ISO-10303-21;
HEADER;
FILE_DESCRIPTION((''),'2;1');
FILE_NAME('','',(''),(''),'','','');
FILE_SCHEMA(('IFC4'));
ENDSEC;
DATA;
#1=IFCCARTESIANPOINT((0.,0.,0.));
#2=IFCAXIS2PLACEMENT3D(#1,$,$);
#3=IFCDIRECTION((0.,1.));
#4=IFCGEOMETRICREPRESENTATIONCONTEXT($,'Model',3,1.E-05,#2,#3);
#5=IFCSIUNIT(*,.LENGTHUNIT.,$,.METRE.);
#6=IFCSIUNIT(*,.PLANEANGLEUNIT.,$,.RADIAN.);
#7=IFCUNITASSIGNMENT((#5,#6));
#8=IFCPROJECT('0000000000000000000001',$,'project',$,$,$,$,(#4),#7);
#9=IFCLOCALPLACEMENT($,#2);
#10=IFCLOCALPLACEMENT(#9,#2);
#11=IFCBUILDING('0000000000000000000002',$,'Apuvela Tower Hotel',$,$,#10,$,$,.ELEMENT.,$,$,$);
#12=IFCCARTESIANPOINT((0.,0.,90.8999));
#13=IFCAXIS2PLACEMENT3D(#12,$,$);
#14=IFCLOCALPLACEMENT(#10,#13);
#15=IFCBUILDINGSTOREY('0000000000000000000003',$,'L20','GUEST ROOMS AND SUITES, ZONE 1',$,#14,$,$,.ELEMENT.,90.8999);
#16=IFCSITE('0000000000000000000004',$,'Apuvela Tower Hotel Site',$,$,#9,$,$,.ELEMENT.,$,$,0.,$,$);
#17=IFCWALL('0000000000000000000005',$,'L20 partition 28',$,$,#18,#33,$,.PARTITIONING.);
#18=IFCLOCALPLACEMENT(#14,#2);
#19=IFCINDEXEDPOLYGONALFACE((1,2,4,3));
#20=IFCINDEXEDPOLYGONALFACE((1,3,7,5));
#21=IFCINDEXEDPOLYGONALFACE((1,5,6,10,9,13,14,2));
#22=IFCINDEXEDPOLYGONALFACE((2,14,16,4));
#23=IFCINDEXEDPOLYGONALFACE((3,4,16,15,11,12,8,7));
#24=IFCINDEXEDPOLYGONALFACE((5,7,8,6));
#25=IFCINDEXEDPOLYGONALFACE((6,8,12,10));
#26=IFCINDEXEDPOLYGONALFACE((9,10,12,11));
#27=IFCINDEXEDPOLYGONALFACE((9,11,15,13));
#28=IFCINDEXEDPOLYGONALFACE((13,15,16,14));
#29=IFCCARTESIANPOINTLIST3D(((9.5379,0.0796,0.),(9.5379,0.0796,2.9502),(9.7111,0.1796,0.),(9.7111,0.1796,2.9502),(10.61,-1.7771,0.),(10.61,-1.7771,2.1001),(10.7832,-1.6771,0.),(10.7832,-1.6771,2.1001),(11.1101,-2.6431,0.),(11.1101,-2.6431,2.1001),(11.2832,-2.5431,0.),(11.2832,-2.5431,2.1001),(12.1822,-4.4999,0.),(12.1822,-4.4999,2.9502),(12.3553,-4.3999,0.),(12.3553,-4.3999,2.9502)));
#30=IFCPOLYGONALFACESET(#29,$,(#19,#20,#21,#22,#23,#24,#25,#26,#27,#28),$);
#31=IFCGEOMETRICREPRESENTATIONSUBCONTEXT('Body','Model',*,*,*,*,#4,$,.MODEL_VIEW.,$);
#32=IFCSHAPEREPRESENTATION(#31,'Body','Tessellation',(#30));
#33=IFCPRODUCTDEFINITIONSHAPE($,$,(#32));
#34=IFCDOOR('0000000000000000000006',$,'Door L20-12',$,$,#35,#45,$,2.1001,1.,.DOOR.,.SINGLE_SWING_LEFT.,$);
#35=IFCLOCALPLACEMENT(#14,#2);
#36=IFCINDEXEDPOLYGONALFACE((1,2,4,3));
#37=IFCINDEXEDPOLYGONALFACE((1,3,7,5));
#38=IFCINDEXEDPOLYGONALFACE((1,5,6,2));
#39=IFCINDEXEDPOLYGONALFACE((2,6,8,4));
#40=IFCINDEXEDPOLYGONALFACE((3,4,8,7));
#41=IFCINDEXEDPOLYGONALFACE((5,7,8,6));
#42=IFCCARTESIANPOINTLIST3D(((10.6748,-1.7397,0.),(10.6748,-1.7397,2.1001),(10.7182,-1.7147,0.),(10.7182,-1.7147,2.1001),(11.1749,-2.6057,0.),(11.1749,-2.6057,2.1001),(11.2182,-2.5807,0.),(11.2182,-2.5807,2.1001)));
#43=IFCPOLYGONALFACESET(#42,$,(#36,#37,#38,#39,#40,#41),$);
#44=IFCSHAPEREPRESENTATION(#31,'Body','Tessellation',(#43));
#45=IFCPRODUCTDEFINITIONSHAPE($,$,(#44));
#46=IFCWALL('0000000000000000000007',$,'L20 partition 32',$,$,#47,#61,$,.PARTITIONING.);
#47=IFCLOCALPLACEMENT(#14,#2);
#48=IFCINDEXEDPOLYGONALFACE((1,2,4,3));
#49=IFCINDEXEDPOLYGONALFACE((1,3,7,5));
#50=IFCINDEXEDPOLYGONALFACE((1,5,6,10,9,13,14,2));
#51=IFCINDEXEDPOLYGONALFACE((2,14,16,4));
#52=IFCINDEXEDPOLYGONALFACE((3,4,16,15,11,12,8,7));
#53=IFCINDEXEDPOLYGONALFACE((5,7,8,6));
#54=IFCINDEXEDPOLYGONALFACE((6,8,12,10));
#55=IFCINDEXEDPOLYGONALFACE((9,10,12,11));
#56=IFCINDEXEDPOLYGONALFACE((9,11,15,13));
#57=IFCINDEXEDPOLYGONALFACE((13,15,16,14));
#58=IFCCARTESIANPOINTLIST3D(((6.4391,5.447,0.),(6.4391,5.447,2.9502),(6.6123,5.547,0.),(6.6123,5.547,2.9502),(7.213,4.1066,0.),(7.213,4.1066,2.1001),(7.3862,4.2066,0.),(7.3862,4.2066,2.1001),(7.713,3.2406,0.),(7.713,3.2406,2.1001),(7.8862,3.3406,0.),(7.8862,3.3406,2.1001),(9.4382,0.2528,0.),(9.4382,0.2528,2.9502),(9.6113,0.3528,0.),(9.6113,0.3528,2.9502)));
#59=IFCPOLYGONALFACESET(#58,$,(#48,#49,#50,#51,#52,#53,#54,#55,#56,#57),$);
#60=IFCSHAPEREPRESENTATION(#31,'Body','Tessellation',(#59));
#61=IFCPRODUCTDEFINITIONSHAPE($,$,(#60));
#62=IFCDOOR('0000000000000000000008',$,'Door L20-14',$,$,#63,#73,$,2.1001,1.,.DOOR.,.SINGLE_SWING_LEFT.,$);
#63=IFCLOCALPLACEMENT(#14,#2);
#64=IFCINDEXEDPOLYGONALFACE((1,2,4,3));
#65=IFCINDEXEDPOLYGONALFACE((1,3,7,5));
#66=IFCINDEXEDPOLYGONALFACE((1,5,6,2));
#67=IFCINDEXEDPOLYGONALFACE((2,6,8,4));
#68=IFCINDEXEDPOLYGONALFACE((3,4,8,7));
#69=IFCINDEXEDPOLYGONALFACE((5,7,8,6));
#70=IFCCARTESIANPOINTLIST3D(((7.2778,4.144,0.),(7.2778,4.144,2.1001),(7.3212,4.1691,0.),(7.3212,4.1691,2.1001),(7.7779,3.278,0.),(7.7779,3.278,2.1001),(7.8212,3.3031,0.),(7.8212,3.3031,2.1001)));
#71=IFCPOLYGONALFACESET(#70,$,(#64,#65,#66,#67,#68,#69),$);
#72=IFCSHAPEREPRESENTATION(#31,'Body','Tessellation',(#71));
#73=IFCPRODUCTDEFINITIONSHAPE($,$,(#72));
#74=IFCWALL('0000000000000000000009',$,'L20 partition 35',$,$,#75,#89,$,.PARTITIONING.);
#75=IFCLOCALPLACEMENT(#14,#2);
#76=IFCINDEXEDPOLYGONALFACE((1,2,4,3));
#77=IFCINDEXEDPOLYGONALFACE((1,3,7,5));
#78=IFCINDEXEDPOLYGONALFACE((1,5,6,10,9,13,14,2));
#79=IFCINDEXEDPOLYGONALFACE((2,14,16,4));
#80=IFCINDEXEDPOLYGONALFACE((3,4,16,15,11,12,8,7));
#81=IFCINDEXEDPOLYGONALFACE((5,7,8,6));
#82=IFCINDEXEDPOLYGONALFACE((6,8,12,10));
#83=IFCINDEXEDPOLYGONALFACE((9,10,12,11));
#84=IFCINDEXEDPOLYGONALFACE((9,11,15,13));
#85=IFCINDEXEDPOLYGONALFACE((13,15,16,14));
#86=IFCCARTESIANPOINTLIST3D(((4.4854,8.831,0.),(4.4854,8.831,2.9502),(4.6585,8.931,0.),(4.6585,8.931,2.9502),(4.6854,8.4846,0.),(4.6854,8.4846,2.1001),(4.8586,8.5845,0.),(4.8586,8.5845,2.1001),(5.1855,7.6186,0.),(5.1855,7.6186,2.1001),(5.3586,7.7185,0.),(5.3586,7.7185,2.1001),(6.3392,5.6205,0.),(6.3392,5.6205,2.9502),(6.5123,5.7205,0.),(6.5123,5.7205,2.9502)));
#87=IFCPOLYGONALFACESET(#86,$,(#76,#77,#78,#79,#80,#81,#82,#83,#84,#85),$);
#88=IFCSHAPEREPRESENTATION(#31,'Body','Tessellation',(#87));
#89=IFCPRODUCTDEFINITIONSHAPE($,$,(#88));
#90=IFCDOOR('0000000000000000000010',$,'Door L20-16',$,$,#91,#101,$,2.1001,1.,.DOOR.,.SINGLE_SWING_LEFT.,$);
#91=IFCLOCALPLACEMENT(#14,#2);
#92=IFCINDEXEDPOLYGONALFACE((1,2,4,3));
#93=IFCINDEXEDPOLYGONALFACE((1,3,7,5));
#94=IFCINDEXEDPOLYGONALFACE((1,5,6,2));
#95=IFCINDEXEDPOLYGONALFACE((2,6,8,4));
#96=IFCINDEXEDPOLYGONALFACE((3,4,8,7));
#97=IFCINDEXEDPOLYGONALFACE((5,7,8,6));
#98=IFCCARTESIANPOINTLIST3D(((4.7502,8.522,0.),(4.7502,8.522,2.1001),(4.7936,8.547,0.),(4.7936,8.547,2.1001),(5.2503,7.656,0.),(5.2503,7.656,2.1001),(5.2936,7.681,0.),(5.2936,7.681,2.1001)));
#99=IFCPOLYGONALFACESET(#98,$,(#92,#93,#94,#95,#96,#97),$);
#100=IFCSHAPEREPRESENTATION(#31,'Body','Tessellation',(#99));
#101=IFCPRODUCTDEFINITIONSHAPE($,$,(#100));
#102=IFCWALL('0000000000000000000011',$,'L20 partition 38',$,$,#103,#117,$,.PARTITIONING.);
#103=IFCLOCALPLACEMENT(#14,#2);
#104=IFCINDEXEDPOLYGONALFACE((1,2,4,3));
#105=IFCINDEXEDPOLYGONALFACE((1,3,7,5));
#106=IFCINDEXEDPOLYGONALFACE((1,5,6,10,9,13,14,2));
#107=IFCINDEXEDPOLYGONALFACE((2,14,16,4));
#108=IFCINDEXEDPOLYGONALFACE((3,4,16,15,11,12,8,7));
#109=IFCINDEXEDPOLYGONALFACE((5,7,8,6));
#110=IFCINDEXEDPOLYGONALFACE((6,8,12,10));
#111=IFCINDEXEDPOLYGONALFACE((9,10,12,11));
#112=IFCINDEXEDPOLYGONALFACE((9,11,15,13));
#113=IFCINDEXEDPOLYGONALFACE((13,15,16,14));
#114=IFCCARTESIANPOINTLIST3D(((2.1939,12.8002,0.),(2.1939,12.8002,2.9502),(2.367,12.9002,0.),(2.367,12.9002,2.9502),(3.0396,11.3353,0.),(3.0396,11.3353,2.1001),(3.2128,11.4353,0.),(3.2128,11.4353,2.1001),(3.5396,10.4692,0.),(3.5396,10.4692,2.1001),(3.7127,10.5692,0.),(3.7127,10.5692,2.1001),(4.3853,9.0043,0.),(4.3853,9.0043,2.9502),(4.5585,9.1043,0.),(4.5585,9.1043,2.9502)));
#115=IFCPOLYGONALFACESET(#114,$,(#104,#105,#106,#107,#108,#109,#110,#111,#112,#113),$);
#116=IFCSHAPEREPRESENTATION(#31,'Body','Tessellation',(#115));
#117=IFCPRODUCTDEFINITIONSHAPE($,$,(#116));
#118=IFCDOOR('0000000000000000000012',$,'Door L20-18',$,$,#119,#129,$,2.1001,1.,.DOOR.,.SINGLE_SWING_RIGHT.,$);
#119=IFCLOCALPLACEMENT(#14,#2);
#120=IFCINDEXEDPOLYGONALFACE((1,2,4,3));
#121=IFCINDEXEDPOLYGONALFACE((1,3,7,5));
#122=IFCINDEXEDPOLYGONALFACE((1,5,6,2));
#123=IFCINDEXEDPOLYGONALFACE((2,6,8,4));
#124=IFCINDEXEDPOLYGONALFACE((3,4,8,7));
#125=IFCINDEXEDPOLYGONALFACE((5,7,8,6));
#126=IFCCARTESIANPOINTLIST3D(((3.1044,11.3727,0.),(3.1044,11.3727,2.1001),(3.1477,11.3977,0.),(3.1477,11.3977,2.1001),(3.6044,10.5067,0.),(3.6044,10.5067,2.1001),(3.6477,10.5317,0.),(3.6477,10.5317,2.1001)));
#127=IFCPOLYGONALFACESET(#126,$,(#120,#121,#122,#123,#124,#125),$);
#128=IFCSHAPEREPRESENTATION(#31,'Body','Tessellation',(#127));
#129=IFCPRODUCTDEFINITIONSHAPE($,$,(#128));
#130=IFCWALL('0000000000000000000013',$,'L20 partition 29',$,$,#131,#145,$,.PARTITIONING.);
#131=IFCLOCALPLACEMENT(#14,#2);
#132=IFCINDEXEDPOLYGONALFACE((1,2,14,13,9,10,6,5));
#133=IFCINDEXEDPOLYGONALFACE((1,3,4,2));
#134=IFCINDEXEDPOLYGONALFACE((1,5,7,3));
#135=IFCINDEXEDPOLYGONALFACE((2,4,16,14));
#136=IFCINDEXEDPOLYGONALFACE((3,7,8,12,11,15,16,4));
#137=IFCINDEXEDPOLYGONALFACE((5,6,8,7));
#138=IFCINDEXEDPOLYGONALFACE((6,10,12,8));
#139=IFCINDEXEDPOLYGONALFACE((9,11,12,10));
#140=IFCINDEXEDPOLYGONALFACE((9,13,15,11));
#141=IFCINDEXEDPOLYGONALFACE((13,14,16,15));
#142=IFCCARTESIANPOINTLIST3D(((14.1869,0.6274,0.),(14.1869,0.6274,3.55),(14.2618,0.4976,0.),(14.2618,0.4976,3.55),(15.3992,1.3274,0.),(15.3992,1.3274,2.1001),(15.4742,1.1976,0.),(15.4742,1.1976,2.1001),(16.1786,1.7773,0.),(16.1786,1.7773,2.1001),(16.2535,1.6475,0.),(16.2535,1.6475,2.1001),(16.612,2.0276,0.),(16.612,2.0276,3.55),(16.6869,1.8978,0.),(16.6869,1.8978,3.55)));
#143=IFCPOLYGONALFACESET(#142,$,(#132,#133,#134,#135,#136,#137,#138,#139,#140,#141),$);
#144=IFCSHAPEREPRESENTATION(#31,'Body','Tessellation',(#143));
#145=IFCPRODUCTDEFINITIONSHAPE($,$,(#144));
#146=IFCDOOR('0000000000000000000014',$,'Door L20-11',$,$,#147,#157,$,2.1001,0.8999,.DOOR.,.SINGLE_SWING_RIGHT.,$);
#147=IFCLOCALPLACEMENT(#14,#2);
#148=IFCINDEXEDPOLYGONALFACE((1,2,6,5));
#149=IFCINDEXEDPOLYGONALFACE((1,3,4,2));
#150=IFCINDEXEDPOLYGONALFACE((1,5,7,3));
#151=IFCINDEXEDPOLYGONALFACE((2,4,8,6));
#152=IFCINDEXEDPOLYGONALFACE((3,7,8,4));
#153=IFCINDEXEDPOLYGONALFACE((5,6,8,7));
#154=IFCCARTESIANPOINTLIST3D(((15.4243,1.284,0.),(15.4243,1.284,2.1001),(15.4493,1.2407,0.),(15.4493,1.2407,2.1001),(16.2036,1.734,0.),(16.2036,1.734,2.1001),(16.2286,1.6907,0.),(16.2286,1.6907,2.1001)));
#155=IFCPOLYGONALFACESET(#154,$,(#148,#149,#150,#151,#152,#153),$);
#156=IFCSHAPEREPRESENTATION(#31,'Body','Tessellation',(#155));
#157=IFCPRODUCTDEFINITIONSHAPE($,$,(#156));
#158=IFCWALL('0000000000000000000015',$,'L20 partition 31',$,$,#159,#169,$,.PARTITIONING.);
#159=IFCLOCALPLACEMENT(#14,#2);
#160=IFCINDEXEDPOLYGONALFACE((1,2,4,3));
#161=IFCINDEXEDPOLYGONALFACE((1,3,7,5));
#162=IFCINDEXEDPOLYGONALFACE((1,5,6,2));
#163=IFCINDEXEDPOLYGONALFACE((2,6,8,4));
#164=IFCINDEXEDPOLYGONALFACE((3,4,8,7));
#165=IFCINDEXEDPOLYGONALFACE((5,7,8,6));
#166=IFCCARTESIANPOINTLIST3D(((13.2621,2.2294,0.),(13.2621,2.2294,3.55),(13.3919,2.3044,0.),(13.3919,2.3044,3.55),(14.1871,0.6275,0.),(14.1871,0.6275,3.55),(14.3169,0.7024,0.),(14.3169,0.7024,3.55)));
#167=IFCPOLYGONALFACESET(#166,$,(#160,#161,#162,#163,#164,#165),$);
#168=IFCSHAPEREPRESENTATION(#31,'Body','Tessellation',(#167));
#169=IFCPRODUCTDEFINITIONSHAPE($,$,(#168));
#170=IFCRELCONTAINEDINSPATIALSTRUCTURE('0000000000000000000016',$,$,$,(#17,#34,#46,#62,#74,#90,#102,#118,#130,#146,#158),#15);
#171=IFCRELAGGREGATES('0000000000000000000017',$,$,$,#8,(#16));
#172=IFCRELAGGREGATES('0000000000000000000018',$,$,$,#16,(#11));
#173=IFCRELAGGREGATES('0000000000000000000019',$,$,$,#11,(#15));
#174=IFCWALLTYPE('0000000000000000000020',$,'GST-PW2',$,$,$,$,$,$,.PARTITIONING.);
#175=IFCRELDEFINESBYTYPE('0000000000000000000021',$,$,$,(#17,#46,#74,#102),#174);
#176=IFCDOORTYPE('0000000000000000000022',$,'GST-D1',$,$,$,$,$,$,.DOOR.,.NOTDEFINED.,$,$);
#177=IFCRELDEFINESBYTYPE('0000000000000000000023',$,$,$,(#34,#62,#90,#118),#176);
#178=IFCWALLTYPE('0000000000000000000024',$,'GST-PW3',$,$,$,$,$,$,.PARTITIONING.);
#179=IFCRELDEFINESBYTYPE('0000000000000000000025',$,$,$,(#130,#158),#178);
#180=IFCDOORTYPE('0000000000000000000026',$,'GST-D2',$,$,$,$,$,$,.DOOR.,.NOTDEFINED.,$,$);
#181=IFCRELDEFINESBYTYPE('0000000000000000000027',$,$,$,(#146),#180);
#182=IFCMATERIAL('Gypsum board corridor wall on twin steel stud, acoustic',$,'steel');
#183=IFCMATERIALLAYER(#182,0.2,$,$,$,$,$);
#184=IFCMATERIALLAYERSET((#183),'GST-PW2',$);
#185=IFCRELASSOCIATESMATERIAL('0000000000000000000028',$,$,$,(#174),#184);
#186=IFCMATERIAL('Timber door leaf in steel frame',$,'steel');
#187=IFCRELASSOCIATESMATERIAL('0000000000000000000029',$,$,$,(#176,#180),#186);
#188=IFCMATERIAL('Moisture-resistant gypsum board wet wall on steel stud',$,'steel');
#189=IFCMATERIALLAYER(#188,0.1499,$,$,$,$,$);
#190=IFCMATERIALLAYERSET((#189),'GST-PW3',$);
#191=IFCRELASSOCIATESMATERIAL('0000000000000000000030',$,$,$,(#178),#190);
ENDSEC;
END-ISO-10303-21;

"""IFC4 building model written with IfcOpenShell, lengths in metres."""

from ifc_helpers import new_model, si_unit, direction, frame, frame_2d, origin, place, context, subcontext, project, spatial, rectangle, extrude, material, layer, layer_set, type_object, element, fill, save


model = new_model("IFC4")

# Units and contexts
model_context = context("Model", 3, precision=1e-05, world=origin(), true_north=direction((0.0, 1.0)))
body_context = subcontext(model_context, "Body", "Model", "MODEL_VIEW")
ifc_project = project(units=[si_unit("LENGTHUNIT", "METRE"), si_unit("PLANEANGLEUNIT", "RADIAN")], contexts=[model_context])

# Site, building, storey
site_placement = place(None, origin())
site = spatial("IfcSite", under=ifc_project, at=site_placement, Name="Apuvela Tower Hotel Site", CompositionType="ELEMENT", RefElevation=0.0)
building_placement = place(site_placement, origin())
building = spatial("IfcBuilding", under=site, at=building_placement, Name="Apuvela Tower Hotel", CompositionType="ELEMENT")
storey_placement = place(building_placement, frame((0.0, 0.0, 90.8999)))
storey = spatial("IfcBuildingStorey", under=building, at=storey_placement, Name="L20", Description="GUEST ROOMS AND SUITES, ZONE 1", CompositionType="ELEMENT", Elevation=90.8999)

# Walls, openings, doors
ifc_material_1 = material(Name="Gypsum board corridor wall on twin steel stud, acoustic", Category="steel")
ifc_layer_1 = layer(ifc_material_1, 0.2)
ifc_layer_set_1 = layer_set([ifc_layer_1], Name="GST-PW2")
wall_type_1 = type_object("IfcWallType", Name="GST-PW2", PredefinedType="PARTITIONING", material=ifc_layer_set_1)
wall_1_placement = place(storey_placement, frame((9.6245, 0.1296, 0.0), z_axis=(0.0, 0.0, 1.0), x_axis=(0.500037, -0.866004, 0.0)))
wall_1 = element("IfcWall", 1, at=wall_1_placement, inside=storey, type_object=wall_type_1, Name="L20 partition 28", PredefinedType="PARTITIONING", context=body_context, shape_type="SweptSolid", body=[
    extrude(rectangle(XDim=5.2881, YDim=0.2, at=frame_2d((2.644, 0.0))), origin(), (0.0, 0.0, 1.0), 2.9502),
])
opening_1_placement = place(wall_1_placement, frame((2.144, 0.0, 0.0)))
opening_1 = element("IfcOpeningElement", 2, at=opening_1_placement, cuts=wall_1, PredefinedType="OPENING", context=body_context, shape_type="SweptSolid", body=[
    extrude(rectangle(XDim=1.0, YDim=2.1001, at=frame_2d((0.5, 1.05))), frame((0.0, 0.1099, 0.0), z_axis=(0.0, -1.0, 0.0), x_axis=(1.0, 0.0, 0.0)), (0.0, 0.0, 1.0), 0.22),
])
ifc_material_2 = material(Name="Timber door leaf in steel frame", Category="steel")
door_type_1 = type_object("IfcDoorType", Name="GST-D1", OperationType="NOTDEFINED", PredefinedType="DOOR", material=ifc_material_2)
door_1_placement = place(opening_1_placement, origin())
door_1 = element("IfcDoor", 3, at=door_1_placement, inside=storey, type_object=door_type_1, Name="Door L20-12", OperationType="SINGLE_SWING_LEFT", OverallHeight=2.1001, OverallWidth=1.0, PredefinedType="DOOR", context=body_context, shape_type="SweptSolid", body=[
    extrude(rectangle(XDim=1.0, YDim=2.1001, at=frame_2d((0.5, 1.05))), frame((0.0, 0.0249, 0.0), z_axis=(0.0, -1.0, 0.0), x_axis=(1.0, 0.0, 0.0)), (0.0, 0.0, 1.0), 0.05),
])
fill(opening_1, door_1)
wall_2_placement = place(storey_placement, frame((6.5256, 5.4971, 0.0), z_axis=(0.0, 0.0, 1.0), x_axis=(0.500027, -0.86601, 0.0)))
wall_2 = element("IfcWall", 4, at=wall_2_placement, inside=storey, type_object=wall_type_1, Name="L20 partition 32", PredefinedType="PARTITIONING", context=body_context, shape_type="SweptSolid", body=[
    extrude(rectangle(XDim=5.9978, YDim=0.2, at=frame_2d((2.999, 0.0))), origin(), (0.0, 0.0, 1.0), 2.9502),
])
opening_2_placement = place(wall_2_placement, frame((1.5479, 0.0, 0.0)))
opening_2 = element("IfcOpeningElement", 5, at=opening_2_placement, cuts=wall_2, PredefinedType="OPENING", context=body_context, shape_type="SweptSolid", body=[
    extrude(rectangle(XDim=1.0, YDim=2.1001, at=frame_2d((0.5, 1.05))), frame((0.0, 0.1099, 0.0), z_axis=(0.0, -1.0, 0.0), x_axis=(1.0, 0.0, 0.0)), (0.0, 0.0, 1.0), 0.22),
])
door_2_placement = place(opening_2_placement, origin())
door_2 = element("IfcDoor", 6, at=door_2_placement, inside=storey, type_object=door_type_1, Name="Door L20-14", OperationType="SINGLE_SWING_LEFT", OverallHeight=2.1001, OverallWidth=1.0, PredefinedType="DOOR", context=body_context, shape_type="SweptSolid", body=[
    extrude(rectangle(XDim=1.0, YDim=2.1001, at=frame_2d((0.5, 1.05))), frame((0.0, 0.0249, 0.0), z_axis=(0.0, -1.0, 0.0), x_axis=(1.0, 0.0, 0.0)), (0.0, 0.0, 1.0), 0.05),
])
fill(opening_2, door_2)
wall_3_placement = place(storey_placement, frame((4.572, 8.8809, 0.0), z_axis=(0.0, 0.0, 1.0), x_axis=(0.500042, -0.866001, 0.0)))
wall_3 = element("IfcWall", 7, at=wall_3_placement, inside=storey, type_object=wall_type_1, Name="L20 partition 35", PredefinedType="PARTITIONING", context=body_context, shape_type="SweptSolid", body=[
    extrude(rectangle(XDim=3.7073, YDim=0.2, at=frame_2d((1.8535, 0.0))), origin(), (0.0, 0.0, 1.0), 2.9502),
])
opening_3_placement = place(wall_3_placement, frame((0.3999, 0.0, 0.0)))
opening_3 = element("IfcOpeningElement", 8, at=opening_3_placement, cuts=wall_3, PredefinedType="OPENING", context=body_context, shape_type="SweptSolid", body=[
    extrude(rectangle(XDim=1.0, YDim=2.1001, at=frame_2d((0.5, 1.05))), frame((0.0, 0.1099, 0.0), z_axis=(0.0, -1.0, 0.0), x_axis=(1.0, 0.0, 0.0)), (0.0, 0.0, 1.0), 0.22),
])
door_3_placement = place(opening_3_placement, origin())
door_3 = element("IfcDoor", 9, at=door_3_placement, inside=storey, type_object=door_type_1, Name="Door L20-16", OperationType="SINGLE_SWING_LEFT", OverallHeight=2.1001, OverallWidth=1.0, PredefinedType="DOOR", context=body_context, shape_type="SweptSolid", body=[
    extrude(rectangle(XDim=1.0, YDim=2.1001, at=frame_2d((0.5, 1.05))), frame((0.0, 0.0249, 0.0), z_axis=(0.0, -1.0, 0.0), x_axis=(1.0, 0.0, 0.0)), (0.0, 0.0, 1.0), 0.05),
])
fill(opening_3, door_3)
wall_4_placement = place(storey_placement, frame((2.2805, 12.8501, 0.0), z_axis=(0.0, 0.0, 1.0), x_axis=(0.499973, -0.866041, 0.0)))
wall_4 = element("IfcWall", 10, at=wall_4_placement, inside=storey, type_object=wall_type_1, Name="L20 partition 38", PredefinedType="PARTITIONING", context=body_context, shape_type="SweptSolid", body=[
    extrude(rectangle(XDim=4.3831, YDim=0.2, at=frame_2d((2.1914, 0.0))), origin(), (0.0, 0.0, 1.0), 2.9502),
])
opening_4_placement = place(wall_4_placement, frame((1.6914, 0.0, 0.0)))
opening_4 = element("IfcOpeningElement", 11, at=opening_4_placement, cuts=wall_4, PredefinedType="OPENING", context=body_context, shape_type="SweptSolid", body=[
    extrude(rectangle(XDim=1.0, YDim=2.1001, at=frame_2d((0.5, 1.05))), frame((0.0, 0.1099, 0.0), z_axis=(0.0, -1.0, 0.0), x_axis=(1.0, 0.0, 0.0)), (0.0, 0.0, 1.0), 0.22),
])
door_4_placement = place(opening_4_placement, origin())
door_4 = element("IfcDoor", 12, at=door_4_placement, inside=storey, type_object=door_type_1, Name="Door L20-18", OperationType="SINGLE_SWING_RIGHT", OverallHeight=2.1001, OverallWidth=1.0, PredefinedType="DOOR", context=body_context, shape_type="SweptSolid", body=[
    extrude(rectangle(XDim=1.0, YDim=2.1001, at=frame_2d((0.5, 1.05))), frame((0.0, 0.0249, 0.0), z_axis=(0.0, -1.0, 0.0), x_axis=(1.0, 0.0, 0.0)), (0.0, 0.0, 1.0), 0.05),
])
fill(opening_4, door_4)
ifc_material_3 = material(Name="Moisture-resistant gypsum board wet wall on steel stud", Category="steel")
ifc_layer_2 = layer(ifc_material_3, 0.1499)
ifc_layer_set_2 = layer_set([ifc_layer_2], Name="GST-PW3")
wall_type_2 = type_object("IfcWallType", Name="GST-PW3", PredefinedType="PARTITIONING", material=ifc_layer_set_2)
wall_5_placement = place(storey_placement, frame((14.2244, 0.5625, 0.0), z_axis=(0.0, 0.0, 1.0), x_axis=(0.866019, 0.500012, 0.0)))
wall_5 = element("IfcWall", 13, at=wall_5_placement, inside=storey, type_object=wall_type_2, Name="L20 partition 29", PredefinedType="PARTITIONING", context=body_context, shape_type="SweptSolid", body=[
    extrude(rectangle(XDim=2.8003, YDim=0.1499, at=frame_2d((1.4001, 0.0))), origin(), (0.0, 0.0, 1.0), 3.55),
])
opening_5_placement = place(wall_5_placement, frame((1.3999, 0.0, 0.0)))
opening_5 = element("IfcOpeningElement", 14, at=opening_5_placement, cuts=wall_5, PredefinedType="OPENING", context=body_context, shape_type="SweptSolid", body=[
    extrude(rectangle(XDim=0.8999, YDim=2.1001, at=frame_2d((0.45, 1.05))), frame((0.0, 0.085, 0.0), z_axis=(0.0, -1.0, 0.0), x_axis=(1.0, 0.0, 0.0)), (0.0, 0.0, 1.0), 0.1699),
])
door_type_2 = type_object("IfcDoorType", Name="GST-D2", OperationType="NOTDEFINED", PredefinedType="DOOR", material=ifc_material_2)
door_5_placement = place(opening_5_placement, origin())
door_5 = element("IfcDoor", 15, at=door_5_placement, inside=storey, type_object=door_type_2, Name="Door L20-11", OperationType="SINGLE_SWING_RIGHT", OverallHeight=2.1001, OverallWidth=0.8999, PredefinedType="DOOR", context=body_context, shape_type="SweptSolid", body=[
    extrude(rectangle(XDim=0.8999, YDim=2.1001, at=frame_2d((0.45, 1.05))), frame((0.0, 0.0249, 0.0), z_axis=(0.0, -1.0, 0.0), x_axis=(1.0, 0.0, 0.0)), (0.0, 0.0, 1.0), 0.05),
])
fill(opening_5, door_5)

# Wall
wall_6_placement = place(storey_placement, frame((14.252, 0.665, 0.0), z_axis=(0.0, 0.0, 1.0), x_axis=(-0.500042, 0.866001, 0.0)))
element("IfcWall", 16, at=wall_6_placement, inside=storey, type_object=wall_type_2, Name="L20 partition 31", PredefinedType="PARTITIONING", context=body_context, shape_type="SweptSolid", body=[
    extrude(rectangle(XDim=1.8499, YDim=0.1499, at=frame_2d((0.9248, 0.0))), origin(), (0.0, 0.0, 1.0), 3.55),
])

save(model, "model.ifc")
